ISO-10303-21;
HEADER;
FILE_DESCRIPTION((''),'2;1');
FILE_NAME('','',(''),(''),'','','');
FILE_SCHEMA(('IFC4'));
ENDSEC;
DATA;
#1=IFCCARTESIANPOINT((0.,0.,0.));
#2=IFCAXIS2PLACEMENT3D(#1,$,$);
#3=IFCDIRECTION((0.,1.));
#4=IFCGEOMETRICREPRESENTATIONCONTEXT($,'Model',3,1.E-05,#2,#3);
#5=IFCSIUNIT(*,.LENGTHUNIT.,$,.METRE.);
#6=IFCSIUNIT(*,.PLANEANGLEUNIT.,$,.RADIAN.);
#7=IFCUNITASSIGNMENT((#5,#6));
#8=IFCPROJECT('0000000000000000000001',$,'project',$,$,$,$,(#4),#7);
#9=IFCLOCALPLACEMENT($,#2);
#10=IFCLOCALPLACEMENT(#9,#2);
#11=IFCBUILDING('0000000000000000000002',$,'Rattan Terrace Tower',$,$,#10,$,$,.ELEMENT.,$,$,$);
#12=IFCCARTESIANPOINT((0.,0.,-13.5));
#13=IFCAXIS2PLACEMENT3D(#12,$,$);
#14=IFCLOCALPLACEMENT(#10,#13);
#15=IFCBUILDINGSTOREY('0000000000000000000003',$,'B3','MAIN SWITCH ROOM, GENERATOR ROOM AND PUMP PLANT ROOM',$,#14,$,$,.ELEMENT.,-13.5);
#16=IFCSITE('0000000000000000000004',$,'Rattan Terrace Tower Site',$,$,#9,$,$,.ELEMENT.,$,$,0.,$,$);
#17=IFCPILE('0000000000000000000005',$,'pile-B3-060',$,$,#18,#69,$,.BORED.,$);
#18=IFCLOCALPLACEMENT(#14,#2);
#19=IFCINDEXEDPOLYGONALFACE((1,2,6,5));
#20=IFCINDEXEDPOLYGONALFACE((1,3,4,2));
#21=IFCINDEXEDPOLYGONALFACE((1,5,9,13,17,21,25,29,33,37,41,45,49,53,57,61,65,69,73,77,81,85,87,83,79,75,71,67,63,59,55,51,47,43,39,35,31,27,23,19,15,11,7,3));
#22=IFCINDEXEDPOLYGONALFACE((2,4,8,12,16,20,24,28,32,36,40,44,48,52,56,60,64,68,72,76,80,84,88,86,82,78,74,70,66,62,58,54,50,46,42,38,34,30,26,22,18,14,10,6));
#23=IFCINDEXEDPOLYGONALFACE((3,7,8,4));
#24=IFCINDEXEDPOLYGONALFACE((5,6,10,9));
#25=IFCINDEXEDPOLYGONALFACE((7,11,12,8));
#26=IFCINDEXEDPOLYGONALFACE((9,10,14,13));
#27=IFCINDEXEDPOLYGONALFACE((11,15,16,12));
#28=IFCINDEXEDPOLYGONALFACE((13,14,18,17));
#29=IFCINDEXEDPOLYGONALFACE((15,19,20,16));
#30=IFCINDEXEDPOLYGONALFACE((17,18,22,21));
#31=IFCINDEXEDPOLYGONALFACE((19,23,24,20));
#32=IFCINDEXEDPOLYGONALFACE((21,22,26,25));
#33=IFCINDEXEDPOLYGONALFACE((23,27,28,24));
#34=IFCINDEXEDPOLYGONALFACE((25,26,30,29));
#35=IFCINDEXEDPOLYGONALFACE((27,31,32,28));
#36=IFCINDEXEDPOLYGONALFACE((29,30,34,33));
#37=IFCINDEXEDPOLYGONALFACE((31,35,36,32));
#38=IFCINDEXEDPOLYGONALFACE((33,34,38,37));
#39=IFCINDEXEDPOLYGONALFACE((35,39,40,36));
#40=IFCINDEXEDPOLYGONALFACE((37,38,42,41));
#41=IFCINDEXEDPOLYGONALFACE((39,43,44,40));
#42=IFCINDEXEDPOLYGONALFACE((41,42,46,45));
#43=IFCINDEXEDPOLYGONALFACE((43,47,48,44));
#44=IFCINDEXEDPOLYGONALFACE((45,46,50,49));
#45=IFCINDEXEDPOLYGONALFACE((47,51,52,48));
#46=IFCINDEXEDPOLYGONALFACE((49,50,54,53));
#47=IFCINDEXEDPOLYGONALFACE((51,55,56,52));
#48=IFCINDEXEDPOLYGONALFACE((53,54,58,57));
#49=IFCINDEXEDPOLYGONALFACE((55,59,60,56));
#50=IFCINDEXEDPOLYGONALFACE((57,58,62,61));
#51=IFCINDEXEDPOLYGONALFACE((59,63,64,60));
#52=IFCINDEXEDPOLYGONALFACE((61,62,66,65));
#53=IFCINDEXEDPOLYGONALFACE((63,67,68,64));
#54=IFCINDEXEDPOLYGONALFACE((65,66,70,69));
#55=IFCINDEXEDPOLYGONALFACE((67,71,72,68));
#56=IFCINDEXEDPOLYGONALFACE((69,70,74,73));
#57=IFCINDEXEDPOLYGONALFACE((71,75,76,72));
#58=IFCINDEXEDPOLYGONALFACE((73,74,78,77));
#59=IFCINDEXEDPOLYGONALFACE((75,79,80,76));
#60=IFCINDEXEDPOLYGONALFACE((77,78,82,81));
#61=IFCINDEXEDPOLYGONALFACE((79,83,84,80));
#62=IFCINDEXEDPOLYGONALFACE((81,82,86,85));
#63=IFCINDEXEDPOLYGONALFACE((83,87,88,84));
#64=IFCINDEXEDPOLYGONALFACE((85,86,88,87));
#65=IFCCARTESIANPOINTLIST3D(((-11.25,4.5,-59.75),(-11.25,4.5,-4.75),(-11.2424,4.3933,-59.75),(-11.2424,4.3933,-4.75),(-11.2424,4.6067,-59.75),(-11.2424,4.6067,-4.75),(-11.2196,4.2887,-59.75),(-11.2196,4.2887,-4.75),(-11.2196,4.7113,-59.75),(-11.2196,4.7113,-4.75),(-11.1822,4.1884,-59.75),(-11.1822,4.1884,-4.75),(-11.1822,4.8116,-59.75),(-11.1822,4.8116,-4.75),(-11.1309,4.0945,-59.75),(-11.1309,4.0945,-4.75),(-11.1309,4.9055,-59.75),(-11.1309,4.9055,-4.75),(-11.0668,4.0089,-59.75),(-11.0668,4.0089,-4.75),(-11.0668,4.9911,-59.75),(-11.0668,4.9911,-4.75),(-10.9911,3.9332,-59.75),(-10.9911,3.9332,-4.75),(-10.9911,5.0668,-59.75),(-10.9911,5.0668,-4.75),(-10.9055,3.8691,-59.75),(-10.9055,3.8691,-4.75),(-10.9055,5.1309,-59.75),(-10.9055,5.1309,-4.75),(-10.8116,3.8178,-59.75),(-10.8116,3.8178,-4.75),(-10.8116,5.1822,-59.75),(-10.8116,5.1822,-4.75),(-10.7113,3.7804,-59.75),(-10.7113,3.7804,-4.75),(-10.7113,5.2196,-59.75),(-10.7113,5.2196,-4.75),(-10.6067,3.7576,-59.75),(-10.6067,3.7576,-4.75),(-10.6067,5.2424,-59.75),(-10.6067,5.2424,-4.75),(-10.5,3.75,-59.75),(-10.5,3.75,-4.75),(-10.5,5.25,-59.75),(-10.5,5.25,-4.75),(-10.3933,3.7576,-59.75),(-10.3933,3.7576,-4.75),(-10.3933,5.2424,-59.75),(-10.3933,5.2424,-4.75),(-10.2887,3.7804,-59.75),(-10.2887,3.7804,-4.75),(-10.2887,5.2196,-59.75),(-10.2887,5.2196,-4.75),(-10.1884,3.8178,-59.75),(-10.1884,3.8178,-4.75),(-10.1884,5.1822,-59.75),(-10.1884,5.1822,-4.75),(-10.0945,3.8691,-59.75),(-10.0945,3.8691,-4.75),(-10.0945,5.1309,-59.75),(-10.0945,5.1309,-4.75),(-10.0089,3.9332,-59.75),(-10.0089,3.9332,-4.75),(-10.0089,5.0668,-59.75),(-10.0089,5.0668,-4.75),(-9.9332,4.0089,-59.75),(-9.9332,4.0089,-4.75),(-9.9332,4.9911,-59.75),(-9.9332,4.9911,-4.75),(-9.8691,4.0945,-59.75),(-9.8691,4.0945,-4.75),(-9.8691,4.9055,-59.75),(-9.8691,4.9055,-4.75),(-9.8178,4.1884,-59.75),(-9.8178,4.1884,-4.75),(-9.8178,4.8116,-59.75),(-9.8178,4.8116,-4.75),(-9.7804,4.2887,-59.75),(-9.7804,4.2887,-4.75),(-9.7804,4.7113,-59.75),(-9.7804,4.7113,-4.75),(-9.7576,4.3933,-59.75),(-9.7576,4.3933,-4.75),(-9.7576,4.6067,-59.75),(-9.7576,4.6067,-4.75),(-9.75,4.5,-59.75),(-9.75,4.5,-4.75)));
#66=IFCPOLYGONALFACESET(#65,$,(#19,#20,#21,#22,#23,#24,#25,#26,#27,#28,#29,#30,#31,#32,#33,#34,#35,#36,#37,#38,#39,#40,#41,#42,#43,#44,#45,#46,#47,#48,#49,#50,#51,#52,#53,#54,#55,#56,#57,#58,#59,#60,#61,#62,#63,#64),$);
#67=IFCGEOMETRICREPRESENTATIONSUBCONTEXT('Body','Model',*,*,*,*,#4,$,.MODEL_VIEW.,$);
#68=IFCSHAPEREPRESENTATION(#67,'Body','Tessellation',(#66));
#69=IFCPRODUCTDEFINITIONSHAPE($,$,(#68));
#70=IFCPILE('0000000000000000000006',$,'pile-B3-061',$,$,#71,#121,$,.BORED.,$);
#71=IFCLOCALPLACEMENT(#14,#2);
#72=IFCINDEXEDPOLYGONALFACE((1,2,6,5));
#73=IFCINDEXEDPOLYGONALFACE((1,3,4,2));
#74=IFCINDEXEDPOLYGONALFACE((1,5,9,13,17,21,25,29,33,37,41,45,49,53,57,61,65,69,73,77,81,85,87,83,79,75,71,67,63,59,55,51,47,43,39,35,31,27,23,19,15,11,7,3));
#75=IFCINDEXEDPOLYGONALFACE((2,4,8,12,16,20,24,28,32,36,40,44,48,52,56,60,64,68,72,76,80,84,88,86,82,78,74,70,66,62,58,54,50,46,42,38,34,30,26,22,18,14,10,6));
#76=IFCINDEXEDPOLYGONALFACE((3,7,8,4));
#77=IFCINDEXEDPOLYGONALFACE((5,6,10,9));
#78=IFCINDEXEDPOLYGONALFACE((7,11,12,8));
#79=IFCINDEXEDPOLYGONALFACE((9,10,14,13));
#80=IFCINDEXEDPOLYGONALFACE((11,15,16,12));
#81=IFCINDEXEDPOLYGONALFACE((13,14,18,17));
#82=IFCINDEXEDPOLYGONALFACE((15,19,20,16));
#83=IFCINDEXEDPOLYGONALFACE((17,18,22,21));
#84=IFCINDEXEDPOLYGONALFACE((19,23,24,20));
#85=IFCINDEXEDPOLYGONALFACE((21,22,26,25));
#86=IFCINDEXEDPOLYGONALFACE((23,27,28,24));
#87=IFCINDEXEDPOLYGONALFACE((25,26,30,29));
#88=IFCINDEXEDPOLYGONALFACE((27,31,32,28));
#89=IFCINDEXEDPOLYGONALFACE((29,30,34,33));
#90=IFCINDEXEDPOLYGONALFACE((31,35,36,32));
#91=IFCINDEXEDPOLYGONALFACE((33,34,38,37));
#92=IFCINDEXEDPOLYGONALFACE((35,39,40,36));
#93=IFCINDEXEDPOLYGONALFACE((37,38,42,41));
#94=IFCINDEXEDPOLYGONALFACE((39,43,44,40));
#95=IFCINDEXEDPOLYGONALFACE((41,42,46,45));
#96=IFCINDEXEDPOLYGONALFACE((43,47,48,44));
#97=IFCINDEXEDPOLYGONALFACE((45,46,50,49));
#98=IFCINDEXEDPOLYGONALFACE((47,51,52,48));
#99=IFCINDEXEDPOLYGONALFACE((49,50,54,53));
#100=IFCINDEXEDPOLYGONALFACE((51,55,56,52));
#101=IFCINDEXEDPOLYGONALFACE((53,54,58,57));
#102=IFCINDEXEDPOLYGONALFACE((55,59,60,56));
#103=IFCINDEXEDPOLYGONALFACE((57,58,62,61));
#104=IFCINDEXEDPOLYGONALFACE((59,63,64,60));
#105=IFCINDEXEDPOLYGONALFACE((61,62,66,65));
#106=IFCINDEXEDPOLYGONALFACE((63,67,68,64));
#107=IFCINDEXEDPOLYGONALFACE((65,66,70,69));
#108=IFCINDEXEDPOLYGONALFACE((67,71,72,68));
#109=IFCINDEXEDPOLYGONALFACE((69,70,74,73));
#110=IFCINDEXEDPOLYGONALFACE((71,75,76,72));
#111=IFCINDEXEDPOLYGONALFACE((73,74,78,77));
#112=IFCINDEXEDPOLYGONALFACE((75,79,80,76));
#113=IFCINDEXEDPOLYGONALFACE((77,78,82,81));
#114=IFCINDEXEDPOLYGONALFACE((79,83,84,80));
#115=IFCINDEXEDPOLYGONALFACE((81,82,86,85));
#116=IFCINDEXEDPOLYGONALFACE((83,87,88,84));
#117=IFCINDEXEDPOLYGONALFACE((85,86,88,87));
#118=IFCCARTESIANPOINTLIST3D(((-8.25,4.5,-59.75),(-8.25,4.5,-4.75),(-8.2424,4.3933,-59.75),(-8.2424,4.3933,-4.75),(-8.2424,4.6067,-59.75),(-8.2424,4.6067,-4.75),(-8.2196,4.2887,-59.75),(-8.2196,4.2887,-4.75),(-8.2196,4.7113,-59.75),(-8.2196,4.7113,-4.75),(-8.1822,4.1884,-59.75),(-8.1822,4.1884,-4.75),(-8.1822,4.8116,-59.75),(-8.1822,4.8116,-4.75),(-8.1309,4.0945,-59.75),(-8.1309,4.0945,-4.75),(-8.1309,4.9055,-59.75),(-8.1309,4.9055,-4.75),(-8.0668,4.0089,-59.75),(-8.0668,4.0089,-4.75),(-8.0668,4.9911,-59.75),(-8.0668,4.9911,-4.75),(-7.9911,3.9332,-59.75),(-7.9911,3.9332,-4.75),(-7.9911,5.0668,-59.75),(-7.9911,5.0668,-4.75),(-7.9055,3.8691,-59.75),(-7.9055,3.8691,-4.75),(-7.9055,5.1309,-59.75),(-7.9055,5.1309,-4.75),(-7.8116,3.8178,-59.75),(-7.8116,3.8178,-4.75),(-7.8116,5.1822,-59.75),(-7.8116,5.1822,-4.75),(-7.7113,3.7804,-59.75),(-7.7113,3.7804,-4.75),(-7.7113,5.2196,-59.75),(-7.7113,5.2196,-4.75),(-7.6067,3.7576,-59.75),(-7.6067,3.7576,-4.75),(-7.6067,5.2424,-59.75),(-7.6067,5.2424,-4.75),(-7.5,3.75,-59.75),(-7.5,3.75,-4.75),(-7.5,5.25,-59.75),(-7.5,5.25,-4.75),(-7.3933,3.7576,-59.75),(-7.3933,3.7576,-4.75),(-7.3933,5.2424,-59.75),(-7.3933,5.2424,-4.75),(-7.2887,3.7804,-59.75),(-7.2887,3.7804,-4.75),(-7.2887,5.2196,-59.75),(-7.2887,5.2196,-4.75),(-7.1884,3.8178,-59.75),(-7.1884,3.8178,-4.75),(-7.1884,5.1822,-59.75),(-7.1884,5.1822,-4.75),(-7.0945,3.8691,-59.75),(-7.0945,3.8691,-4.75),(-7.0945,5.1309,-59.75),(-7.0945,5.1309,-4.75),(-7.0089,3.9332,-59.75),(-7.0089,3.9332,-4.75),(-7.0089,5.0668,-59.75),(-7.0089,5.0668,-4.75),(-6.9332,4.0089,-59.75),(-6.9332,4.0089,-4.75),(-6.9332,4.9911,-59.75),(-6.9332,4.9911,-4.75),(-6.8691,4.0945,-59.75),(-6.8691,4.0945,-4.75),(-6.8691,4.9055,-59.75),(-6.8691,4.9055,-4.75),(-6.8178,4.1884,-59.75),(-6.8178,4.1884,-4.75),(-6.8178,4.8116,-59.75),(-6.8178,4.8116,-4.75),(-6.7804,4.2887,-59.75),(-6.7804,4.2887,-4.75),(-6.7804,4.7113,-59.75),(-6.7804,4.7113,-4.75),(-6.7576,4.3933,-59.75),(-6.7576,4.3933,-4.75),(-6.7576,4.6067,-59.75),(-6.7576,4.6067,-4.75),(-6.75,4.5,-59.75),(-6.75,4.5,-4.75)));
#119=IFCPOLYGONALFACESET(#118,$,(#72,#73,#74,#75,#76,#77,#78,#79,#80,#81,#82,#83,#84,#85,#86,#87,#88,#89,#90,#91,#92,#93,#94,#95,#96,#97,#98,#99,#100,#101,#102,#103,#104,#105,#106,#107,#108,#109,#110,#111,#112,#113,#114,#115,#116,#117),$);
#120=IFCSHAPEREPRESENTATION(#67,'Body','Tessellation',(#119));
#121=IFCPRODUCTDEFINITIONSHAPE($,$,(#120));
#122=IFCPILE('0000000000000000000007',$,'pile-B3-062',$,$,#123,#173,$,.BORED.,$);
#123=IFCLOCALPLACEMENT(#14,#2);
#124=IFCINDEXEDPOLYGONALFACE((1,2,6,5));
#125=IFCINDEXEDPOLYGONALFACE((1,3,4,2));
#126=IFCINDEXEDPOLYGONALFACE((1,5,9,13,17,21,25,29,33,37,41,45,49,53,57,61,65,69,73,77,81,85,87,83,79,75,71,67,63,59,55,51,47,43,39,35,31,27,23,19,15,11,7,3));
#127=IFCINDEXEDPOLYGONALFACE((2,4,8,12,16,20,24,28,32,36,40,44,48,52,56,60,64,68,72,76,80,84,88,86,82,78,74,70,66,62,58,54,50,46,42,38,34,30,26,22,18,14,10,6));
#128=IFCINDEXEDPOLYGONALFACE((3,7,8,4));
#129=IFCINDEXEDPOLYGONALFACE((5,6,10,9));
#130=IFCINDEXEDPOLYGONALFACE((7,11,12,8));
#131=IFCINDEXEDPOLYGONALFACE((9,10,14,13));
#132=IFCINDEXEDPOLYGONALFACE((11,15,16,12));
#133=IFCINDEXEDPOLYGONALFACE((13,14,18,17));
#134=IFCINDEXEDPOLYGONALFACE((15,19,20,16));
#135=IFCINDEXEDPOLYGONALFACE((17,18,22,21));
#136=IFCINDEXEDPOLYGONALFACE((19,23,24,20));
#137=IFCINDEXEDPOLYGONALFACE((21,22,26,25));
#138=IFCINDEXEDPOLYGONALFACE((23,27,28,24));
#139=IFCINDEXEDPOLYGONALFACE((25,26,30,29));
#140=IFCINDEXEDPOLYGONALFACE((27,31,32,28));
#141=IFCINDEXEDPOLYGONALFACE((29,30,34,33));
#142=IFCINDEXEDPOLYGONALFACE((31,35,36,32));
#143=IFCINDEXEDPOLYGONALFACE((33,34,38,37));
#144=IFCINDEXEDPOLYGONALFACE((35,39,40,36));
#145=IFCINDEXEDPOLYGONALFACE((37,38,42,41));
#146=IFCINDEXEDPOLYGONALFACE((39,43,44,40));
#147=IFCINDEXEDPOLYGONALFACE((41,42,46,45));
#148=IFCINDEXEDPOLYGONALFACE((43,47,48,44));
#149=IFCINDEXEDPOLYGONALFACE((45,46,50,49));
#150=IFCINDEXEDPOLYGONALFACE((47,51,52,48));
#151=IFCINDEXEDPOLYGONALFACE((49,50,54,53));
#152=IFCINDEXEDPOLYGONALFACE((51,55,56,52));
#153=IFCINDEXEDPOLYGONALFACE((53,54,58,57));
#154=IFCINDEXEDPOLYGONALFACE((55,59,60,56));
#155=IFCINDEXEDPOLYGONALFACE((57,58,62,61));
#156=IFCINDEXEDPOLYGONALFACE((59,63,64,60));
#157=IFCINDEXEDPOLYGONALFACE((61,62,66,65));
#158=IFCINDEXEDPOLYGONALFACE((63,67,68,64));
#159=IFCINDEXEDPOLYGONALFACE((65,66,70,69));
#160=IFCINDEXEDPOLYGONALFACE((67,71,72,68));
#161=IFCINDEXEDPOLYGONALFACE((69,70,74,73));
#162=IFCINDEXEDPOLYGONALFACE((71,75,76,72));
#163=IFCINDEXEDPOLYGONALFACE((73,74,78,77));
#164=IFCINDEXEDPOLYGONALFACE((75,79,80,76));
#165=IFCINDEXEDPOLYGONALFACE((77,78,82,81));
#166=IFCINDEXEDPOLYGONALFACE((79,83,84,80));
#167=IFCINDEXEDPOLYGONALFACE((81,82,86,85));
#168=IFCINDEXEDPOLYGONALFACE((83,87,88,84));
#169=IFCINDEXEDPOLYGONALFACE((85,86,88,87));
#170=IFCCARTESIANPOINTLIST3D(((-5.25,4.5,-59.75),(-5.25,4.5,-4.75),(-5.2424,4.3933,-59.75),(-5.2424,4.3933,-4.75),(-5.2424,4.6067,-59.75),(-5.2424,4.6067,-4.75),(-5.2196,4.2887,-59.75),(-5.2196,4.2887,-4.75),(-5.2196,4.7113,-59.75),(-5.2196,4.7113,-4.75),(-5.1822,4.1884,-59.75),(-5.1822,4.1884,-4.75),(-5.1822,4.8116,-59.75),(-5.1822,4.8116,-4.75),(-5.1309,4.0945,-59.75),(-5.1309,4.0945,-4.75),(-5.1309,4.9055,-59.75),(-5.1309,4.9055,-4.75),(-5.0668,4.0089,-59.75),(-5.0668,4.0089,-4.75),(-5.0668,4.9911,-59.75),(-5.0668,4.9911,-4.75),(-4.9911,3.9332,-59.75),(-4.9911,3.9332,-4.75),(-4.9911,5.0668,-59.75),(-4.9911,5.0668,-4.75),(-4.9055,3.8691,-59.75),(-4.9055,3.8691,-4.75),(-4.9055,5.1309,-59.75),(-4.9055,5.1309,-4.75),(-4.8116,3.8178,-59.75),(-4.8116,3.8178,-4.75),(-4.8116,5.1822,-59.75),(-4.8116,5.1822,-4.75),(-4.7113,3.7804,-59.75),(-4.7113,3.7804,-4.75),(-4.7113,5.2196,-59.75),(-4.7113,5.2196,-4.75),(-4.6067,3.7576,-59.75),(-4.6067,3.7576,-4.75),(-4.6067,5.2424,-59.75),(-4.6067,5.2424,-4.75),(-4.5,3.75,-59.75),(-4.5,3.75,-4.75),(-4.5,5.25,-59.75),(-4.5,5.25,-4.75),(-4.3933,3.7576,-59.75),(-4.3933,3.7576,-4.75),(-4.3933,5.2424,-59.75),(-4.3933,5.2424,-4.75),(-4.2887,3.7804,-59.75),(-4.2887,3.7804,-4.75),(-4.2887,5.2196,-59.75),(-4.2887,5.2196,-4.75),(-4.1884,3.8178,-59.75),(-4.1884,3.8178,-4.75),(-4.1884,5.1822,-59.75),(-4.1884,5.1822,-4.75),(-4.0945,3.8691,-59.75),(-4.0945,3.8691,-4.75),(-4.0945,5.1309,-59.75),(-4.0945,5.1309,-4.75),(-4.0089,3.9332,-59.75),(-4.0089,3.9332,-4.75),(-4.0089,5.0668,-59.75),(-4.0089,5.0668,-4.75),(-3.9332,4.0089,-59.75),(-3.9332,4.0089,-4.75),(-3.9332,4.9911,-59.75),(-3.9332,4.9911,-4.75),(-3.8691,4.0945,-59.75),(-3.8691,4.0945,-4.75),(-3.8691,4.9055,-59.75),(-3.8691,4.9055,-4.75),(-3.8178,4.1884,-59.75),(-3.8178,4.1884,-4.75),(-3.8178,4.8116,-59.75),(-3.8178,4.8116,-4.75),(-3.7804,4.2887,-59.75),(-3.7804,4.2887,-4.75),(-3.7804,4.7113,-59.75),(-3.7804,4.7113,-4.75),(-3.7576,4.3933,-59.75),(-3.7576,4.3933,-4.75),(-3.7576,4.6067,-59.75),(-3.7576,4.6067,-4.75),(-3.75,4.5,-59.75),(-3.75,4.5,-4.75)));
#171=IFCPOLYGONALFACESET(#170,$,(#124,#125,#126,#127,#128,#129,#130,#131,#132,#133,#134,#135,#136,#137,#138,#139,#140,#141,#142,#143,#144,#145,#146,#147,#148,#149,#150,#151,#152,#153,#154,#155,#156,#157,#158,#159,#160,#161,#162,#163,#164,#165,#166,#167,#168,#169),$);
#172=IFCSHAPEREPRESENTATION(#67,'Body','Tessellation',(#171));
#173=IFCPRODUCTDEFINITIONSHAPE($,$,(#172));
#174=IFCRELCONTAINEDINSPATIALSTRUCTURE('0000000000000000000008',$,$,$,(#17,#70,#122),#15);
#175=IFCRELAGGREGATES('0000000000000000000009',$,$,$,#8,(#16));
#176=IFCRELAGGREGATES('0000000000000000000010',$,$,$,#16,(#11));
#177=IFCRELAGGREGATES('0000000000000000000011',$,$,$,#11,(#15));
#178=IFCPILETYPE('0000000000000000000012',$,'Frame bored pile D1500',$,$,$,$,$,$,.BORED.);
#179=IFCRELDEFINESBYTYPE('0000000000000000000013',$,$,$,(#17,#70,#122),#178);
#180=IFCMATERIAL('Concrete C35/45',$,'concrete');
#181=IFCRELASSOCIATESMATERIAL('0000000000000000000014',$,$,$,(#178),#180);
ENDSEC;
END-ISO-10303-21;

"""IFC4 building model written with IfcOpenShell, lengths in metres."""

from ifc_helpers import new_model, si_unit, direction, frame, origin, origin_2d, place, context, subcontext, project, spatial, circle, extrude, material, material_profile, profile_set, type_object, element, save


model = new_model("IFC4")

# Units and contexts
model_context = context("Model", 3, precision=1e-05, world=origin(), true_north=direction((0.0, 1.0)))
body_context = subcontext(model_context, "Body", "Model", "MODEL_VIEW")
ifc_project = project(units=[si_unit("LENGTHUNIT", "METRE"), si_unit("PLANEANGLEUNIT", "RADIAN")], contexts=[model_context])

# Site, building, storey
site_placement = place(None, origin())
site = spatial("IfcSite", under=ifc_project, at=site_placement, Name="Rattan Terrace Tower Site", CompositionType="ELEMENT", RefElevation=0.0)
building_placement = place(site_placement, origin())
building = spatial("IfcBuilding", under=site, at=building_placement, Name="Rattan Terrace Tower", CompositionType="ELEMENT")
storey_placement = place(building_placement, frame((0.0, 0.0, -13.5)))
storey = spatial("IfcBuildingStorey", under=building, at=storey_placement, Name="B3", Description="MAIN SWITCH ROOM, GENERATOR ROOM AND PUMP PLANT ROOM", CompositionType="ELEMENT", Elevation=-13.5)

# Piles
ifc_material_1 = material(Name="Concrete C35/45", Category="concrete")
ifc_material_profile_1 = material_profile(ifc_material_1, circle(Radius=0.75, at=origin_2d()), Name="PILE D1500")
ifc_profile_set_1 = profile_set([ifc_material_profile_1], Name="Concrete C35/45")
pile_type = type_object("IfcPileType", Name="Frame bored pile D1500", PredefinedType="BORED", material=ifc_profile_set_1)
for number, where, z_axis, x_axis, name in (
    (1, (-10.5, 4.5, -4.75), (0.0, 0.0, -1.0), (1.0, 0.0, 0.0), "pile-B3-060"),
    (2, (-7.5, 4.5, -4.75), (0.0, 0.0, -1.0), (1.0, 0.0, 0.0), "pile-B3-061"),
    (3, (-4.5, 4.5, -4.75), (0.0, 0.0, -1.0), (1.0, 0.0, 0.0), "pile-B3-062"),
):
    element("IfcPile", number, at=place(storey_placement, frame(where, z_axis=z_axis, x_axis=x_axis)), inside=storey, type_object=pile_type, Name=name, PredefinedType="BORED", context=body_context, shape_type="SweptSolid", body=[
        extrude(circle(Radius=0.75, at=origin_2d()), origin(), (0.0, 0.0, 1.0), 55.0),
    ])

save(model, "model.ifc")
